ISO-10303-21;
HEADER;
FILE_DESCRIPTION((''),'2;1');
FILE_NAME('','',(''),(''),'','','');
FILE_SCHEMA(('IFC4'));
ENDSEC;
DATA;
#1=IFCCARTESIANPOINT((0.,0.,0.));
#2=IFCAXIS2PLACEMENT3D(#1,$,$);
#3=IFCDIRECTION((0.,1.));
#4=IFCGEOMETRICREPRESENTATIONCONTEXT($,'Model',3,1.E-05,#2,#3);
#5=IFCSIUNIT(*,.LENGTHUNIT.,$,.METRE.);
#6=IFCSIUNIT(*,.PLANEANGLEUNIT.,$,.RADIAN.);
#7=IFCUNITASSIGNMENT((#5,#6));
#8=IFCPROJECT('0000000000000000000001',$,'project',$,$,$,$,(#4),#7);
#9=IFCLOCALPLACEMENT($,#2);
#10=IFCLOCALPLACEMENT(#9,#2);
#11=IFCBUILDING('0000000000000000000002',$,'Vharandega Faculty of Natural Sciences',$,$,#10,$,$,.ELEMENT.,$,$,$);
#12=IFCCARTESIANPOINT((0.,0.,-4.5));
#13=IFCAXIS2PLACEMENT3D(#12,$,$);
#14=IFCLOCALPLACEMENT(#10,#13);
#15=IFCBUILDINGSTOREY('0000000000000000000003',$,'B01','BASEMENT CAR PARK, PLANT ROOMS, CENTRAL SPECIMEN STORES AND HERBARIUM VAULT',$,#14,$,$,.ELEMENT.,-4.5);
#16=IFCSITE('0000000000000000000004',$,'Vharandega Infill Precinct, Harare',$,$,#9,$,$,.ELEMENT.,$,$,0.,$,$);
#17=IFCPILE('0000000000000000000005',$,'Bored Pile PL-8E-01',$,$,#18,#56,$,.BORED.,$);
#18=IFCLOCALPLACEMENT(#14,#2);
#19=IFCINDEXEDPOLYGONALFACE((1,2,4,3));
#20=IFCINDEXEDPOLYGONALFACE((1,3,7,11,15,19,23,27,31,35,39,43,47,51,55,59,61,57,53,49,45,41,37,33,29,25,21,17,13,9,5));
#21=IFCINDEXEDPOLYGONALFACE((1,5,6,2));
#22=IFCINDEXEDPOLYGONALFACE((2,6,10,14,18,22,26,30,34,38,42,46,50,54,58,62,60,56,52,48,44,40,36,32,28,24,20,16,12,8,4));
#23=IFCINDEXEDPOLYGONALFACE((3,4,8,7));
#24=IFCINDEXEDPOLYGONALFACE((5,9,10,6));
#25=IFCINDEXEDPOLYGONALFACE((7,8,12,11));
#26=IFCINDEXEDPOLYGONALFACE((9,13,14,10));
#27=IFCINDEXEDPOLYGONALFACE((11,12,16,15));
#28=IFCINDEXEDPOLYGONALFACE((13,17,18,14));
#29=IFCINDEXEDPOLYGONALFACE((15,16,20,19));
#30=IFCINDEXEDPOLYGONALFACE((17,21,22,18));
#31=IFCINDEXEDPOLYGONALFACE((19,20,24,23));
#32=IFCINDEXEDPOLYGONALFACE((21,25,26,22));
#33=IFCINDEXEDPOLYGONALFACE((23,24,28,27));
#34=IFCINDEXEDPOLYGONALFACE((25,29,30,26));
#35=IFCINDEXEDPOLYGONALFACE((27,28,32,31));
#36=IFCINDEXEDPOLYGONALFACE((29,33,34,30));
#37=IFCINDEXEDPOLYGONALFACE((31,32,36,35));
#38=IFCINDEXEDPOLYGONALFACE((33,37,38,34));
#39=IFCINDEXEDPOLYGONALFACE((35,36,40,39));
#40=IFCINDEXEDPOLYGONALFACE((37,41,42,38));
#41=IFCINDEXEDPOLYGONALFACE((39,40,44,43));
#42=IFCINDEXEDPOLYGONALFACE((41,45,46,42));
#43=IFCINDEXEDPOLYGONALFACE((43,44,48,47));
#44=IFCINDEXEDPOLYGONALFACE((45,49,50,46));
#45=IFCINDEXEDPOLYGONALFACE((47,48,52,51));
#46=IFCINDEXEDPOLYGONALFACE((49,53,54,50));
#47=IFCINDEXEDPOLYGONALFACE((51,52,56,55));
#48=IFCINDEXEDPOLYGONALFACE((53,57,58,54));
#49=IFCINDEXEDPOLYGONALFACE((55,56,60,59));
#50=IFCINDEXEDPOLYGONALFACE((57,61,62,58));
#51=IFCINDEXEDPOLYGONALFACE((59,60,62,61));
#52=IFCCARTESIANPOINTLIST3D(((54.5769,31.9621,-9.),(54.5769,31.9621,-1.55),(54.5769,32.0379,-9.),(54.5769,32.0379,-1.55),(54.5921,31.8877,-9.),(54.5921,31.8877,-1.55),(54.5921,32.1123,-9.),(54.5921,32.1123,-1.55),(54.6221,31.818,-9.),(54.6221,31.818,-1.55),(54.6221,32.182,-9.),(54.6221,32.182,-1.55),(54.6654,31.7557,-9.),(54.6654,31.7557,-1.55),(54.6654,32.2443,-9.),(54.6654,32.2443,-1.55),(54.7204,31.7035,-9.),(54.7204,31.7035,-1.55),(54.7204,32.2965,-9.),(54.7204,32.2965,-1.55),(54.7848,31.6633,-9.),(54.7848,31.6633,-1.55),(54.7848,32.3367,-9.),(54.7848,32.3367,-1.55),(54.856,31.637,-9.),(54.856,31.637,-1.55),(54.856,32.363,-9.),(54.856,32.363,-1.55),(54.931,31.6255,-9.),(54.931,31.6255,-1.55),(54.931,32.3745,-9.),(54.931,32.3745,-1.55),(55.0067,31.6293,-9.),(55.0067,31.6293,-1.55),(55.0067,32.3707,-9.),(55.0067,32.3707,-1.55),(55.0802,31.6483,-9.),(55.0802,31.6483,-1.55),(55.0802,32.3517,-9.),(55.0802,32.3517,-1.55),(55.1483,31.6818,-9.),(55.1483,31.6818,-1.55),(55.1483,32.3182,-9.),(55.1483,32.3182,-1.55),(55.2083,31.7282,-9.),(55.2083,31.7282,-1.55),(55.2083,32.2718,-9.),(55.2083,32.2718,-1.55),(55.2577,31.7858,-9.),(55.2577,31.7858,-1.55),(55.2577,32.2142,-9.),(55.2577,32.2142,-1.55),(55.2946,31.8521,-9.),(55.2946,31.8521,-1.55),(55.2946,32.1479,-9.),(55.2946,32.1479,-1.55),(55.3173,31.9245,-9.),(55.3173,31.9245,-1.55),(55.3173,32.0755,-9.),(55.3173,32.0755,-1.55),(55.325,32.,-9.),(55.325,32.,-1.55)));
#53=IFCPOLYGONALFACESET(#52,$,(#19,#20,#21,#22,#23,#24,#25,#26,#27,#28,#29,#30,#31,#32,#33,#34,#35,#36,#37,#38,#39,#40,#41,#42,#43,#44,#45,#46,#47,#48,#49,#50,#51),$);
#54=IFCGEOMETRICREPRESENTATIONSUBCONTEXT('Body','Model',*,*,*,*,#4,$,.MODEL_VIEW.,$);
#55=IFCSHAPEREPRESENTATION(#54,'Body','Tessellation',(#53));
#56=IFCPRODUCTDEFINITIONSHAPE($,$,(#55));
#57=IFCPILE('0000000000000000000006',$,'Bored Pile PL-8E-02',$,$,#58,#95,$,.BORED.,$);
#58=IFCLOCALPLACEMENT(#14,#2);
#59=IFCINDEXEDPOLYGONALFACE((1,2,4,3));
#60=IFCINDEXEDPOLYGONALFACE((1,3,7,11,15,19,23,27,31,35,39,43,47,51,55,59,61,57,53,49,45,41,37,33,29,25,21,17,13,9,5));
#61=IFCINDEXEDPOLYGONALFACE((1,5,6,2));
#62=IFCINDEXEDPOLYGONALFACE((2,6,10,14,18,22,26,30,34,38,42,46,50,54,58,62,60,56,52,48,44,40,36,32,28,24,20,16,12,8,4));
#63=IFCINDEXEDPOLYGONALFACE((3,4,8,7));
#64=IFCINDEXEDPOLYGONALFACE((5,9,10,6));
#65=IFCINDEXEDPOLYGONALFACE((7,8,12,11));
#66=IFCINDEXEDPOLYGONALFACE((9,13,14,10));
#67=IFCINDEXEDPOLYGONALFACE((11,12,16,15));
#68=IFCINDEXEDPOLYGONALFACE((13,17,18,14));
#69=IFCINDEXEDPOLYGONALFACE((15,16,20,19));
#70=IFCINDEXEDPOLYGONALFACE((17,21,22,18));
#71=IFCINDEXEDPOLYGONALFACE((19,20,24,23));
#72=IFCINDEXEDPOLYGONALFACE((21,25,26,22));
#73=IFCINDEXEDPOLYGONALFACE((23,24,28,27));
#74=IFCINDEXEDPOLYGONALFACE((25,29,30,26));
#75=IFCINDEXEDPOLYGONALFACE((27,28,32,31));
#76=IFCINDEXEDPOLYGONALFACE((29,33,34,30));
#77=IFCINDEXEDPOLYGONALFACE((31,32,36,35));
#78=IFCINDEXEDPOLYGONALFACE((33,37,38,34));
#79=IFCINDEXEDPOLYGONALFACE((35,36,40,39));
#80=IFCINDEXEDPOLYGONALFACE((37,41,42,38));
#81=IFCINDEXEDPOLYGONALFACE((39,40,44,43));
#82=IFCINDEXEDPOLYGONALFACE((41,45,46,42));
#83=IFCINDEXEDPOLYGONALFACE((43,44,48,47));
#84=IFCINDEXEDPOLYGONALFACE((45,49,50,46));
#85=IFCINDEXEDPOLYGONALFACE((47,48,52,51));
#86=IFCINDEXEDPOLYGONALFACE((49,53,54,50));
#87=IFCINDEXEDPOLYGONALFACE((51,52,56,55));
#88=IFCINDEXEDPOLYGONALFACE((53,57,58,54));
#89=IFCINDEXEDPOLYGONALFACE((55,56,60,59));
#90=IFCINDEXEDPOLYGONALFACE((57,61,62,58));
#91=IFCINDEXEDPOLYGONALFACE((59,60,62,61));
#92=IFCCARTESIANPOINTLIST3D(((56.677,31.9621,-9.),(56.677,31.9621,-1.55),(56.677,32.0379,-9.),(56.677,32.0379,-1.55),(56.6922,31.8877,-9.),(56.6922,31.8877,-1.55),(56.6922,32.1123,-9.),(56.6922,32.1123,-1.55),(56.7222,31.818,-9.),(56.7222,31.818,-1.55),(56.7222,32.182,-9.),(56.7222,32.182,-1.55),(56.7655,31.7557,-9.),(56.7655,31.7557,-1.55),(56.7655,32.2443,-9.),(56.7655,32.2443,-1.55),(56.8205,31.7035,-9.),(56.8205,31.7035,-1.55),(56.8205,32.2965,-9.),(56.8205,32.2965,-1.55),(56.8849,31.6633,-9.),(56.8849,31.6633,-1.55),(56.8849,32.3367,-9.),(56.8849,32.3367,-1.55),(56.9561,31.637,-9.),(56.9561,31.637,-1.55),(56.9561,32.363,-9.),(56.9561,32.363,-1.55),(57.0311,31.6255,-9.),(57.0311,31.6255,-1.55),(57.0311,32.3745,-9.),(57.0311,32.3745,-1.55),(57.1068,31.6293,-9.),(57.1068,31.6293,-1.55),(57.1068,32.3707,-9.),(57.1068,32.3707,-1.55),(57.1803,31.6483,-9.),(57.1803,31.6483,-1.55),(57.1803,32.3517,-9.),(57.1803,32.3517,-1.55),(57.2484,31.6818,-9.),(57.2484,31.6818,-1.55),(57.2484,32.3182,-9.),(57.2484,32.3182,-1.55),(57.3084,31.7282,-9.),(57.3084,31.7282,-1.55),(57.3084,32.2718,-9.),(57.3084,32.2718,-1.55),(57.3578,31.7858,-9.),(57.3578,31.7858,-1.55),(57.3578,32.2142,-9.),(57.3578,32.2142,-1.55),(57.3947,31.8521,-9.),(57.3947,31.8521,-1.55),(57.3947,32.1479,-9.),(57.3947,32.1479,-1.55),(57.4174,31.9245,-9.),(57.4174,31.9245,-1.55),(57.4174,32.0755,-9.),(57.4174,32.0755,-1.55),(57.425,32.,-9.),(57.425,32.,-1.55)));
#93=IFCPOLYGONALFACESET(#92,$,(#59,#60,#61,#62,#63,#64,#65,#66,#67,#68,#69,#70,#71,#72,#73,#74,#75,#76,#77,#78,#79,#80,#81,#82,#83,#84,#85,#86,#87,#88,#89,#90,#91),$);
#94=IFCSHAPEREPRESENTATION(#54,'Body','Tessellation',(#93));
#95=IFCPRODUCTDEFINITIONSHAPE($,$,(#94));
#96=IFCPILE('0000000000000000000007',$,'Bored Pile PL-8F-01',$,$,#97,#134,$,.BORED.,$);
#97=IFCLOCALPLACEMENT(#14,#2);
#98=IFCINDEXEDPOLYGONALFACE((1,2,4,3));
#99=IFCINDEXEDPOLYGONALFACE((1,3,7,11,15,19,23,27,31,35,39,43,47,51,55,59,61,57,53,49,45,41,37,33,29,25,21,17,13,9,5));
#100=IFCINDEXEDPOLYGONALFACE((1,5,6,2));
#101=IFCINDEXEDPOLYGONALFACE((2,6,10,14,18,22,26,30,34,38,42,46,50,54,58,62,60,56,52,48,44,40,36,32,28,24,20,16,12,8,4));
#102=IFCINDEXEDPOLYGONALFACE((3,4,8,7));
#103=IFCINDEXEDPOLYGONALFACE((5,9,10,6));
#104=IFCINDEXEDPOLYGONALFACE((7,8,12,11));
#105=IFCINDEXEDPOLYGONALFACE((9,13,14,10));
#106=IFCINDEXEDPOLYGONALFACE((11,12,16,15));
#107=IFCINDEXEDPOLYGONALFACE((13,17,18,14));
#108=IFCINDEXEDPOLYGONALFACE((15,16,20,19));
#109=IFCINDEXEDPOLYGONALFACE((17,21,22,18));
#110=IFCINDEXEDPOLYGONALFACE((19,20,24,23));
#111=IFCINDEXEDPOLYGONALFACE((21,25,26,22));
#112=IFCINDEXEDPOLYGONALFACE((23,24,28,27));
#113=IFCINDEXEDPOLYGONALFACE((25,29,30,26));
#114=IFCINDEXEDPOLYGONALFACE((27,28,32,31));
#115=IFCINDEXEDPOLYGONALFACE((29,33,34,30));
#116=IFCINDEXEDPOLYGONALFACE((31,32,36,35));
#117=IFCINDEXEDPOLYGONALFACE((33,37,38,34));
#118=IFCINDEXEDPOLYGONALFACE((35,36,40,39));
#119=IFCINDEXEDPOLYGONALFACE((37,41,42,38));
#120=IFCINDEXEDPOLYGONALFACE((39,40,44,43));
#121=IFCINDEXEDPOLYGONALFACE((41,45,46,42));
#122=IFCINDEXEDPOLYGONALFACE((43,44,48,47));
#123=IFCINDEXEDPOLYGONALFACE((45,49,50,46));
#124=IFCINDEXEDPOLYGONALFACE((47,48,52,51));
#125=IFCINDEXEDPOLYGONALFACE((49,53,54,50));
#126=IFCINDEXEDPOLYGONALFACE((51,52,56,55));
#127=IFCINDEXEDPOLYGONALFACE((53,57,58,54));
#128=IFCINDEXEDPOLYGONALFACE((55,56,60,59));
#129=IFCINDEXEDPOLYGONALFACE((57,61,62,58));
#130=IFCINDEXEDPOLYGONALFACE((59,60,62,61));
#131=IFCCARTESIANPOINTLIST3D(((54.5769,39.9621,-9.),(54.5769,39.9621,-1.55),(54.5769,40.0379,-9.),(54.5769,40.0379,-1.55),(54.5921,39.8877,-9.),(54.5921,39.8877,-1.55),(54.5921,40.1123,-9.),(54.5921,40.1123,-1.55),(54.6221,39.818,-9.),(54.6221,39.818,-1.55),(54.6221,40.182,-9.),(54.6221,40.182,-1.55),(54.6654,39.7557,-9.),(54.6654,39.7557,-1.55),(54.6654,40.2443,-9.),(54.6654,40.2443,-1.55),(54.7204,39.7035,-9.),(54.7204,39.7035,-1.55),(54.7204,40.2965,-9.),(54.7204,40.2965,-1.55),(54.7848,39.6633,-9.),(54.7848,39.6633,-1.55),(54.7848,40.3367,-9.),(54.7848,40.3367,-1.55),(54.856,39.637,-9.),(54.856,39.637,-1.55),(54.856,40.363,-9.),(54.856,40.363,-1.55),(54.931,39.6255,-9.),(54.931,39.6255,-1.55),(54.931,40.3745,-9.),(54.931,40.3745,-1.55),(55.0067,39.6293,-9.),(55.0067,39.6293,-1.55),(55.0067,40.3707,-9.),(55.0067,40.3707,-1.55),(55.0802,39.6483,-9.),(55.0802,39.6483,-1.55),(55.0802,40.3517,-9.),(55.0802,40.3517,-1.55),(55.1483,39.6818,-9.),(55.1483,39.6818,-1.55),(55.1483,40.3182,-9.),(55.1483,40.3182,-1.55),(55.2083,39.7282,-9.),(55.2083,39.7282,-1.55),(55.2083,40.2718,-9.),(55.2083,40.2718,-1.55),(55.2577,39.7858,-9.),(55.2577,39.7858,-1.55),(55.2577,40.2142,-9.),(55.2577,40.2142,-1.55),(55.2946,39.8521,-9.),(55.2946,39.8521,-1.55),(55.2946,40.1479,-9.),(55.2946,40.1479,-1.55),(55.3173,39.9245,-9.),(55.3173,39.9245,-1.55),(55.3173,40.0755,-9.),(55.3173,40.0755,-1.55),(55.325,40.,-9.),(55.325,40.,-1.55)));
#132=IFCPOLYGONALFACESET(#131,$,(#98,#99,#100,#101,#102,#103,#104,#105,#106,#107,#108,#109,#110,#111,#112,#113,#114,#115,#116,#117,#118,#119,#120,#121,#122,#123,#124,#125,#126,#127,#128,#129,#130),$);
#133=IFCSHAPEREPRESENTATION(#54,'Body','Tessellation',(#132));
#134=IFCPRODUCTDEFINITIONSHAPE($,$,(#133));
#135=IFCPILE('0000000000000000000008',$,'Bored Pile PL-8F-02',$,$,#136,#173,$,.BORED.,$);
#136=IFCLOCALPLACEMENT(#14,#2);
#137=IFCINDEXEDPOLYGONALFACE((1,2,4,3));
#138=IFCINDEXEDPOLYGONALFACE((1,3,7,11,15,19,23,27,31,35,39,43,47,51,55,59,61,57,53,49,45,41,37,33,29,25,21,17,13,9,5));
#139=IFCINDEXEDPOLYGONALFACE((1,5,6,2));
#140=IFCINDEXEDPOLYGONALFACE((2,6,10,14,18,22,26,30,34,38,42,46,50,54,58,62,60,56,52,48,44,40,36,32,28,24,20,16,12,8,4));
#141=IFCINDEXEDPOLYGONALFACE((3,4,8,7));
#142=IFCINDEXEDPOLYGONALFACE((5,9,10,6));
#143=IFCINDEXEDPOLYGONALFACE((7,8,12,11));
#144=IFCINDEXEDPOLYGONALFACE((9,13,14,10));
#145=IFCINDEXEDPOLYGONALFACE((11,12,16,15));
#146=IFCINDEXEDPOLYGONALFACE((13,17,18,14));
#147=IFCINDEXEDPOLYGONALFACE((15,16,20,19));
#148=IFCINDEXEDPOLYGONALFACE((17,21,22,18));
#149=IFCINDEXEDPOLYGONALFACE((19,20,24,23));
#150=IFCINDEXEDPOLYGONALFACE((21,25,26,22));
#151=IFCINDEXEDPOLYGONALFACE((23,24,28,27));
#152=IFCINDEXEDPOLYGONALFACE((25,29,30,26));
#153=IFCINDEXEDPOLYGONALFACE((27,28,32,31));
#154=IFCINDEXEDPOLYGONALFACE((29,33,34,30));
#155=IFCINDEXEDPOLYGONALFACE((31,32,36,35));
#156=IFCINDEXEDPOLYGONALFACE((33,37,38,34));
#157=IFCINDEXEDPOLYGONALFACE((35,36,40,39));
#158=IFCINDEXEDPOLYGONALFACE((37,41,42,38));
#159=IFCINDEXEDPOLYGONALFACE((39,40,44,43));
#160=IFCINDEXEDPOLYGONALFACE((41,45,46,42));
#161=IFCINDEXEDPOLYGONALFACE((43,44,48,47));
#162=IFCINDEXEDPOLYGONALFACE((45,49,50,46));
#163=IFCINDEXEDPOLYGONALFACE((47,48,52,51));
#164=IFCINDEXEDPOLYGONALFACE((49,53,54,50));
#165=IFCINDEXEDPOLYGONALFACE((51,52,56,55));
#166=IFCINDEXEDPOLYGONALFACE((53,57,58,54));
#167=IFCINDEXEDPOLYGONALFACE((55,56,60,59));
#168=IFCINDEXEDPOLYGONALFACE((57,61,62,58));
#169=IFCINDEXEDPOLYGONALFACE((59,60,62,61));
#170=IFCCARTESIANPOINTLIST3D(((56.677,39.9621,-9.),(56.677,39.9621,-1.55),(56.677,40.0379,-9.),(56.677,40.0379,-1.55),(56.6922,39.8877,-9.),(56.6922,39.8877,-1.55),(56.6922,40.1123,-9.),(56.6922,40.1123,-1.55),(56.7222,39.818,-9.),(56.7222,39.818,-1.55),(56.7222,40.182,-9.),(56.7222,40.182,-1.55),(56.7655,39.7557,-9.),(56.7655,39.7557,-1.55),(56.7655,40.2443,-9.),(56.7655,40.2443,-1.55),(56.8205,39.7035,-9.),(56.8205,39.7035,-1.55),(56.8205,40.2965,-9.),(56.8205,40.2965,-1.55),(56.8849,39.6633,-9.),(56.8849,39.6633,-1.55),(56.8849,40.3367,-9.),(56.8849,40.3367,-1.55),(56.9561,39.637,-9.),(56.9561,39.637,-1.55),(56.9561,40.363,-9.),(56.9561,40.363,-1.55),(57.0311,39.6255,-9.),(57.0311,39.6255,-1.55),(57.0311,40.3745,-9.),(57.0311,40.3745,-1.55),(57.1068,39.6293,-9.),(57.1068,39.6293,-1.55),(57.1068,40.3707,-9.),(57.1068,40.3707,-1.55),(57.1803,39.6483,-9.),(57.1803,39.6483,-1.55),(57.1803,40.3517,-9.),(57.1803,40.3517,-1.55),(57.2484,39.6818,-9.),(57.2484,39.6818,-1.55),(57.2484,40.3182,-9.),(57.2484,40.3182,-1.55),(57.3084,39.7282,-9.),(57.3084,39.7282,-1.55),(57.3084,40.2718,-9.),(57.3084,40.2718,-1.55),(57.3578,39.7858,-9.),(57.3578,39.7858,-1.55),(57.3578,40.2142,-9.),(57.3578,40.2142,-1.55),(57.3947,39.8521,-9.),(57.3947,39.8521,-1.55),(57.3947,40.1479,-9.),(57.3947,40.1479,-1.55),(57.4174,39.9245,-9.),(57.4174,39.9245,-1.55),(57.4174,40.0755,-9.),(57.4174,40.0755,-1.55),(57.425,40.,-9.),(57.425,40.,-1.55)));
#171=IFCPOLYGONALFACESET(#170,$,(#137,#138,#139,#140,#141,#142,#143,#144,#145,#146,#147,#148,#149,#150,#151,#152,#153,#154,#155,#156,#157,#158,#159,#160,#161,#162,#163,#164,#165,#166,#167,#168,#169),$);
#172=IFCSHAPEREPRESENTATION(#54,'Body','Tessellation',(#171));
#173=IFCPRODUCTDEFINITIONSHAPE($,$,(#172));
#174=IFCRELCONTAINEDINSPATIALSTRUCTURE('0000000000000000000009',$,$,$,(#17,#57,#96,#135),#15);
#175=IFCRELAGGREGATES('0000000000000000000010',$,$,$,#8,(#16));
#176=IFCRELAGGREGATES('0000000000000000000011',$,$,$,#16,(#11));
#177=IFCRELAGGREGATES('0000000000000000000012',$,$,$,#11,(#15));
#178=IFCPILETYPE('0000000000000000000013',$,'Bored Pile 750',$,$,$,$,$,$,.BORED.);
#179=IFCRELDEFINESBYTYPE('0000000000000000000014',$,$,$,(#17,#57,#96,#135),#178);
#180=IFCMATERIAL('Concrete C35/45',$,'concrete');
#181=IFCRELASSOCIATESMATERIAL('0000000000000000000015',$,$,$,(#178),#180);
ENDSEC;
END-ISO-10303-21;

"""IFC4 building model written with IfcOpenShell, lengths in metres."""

from ifc_helpers import new_model, si_unit, direction, frame, origin, origin_2d, place, context, subcontext, project, spatial, circle, extrude, material, material_profile, profile_set, type_object, element, save


model = new_model("IFC4")

# Units and contexts
model_context = context("Model", 3, precision=1e-05, world=origin(), true_north=direction((0.0, 1.0)))
body_context = subcontext(model_context, "Body", "Model", "MODEL_VIEW")
ifc_project = project(units=[si_unit("LENGTHUNIT", "METRE"), si_unit("PLANEANGLEUNIT", "RADIAN")], contexts=[model_context])

# Site, building, storey
site_placement = place(None, origin())
site = spatial("IfcSite", under=ifc_project, at=site_placement, Name="Vharandega Infill Precinct, Harare", CompositionType="ELEMENT", RefElevation=0.0)
building_placement = place(site_placement, origin())
building = spatial("IfcBuilding", under=site, at=building_placement, Name="Vharandega Faculty of Natural Sciences", CompositionType="ELEMENT")
storey_placement = place(building_placement, frame((0.0, 0.0, -4.5)))
storey = spatial("IfcBuildingStorey", under=building, at=storey_placement, Name="B01", Description="BASEMENT CAR PARK, PLANT ROOMS, CENTRAL SPECIMEN STORES AND HERBARIUM VAULT", CompositionType="ELEMENT", Elevation=-4.5)

# Piles
ifc_material_1 = material(Name="Concrete C35/45", Category="concrete")
ifc_material_profile_1 = material_profile(ifc_material_1, circle(Radius=0.375, at=origin_2d()), Name="PILE 750")
ifc_profile_set_1 = profile_set([ifc_material_profile_1], Name="Concrete C35/45")
pile_type_1 = type_object("IfcPileType", Name="Bored Pile 750", PredefinedType="BORED", material=ifc_profile_set_1)
for number, where, z_axis, x_axis, name in (
    (1, (54.95, 32.0, -1.55), (0.0, 0.0, -1.0), (1.0, 0.0, 0.0), "Bored Pile PL-8E-01"),
    (2, (57.05, 32.0, -1.55), (0.0, 0.0, -1.0), (1.0, 0.0, 0.0), "Bored Pile PL-8E-02"),
    (3, (54.95, 40.0, -1.55), (0.0, 0.0, -1.0), (1.0, 0.0, 0.0), "Bored Pile PL-8F-01"),
    (4, (57.05, 40.0, -1.55), (0.0, 0.0, -1.0), (1.0, 0.0, 0.0), "Bored Pile PL-8F-02"),
):
    element("IfcPile", number, at=place(storey_placement, frame(where, z_axis=z_axis, x_axis=x_axis)), inside=storey, type_object=pile_type_1, Name=name, PredefinedType="BORED", context=body_context, shape_type="SweptSolid", body=[
        extrude(circle(Radius=0.375, at=origin_2d()), origin(), (0.0, 0.0, 1.0), 7.45),
    ])

save(model, "model.ifc")
